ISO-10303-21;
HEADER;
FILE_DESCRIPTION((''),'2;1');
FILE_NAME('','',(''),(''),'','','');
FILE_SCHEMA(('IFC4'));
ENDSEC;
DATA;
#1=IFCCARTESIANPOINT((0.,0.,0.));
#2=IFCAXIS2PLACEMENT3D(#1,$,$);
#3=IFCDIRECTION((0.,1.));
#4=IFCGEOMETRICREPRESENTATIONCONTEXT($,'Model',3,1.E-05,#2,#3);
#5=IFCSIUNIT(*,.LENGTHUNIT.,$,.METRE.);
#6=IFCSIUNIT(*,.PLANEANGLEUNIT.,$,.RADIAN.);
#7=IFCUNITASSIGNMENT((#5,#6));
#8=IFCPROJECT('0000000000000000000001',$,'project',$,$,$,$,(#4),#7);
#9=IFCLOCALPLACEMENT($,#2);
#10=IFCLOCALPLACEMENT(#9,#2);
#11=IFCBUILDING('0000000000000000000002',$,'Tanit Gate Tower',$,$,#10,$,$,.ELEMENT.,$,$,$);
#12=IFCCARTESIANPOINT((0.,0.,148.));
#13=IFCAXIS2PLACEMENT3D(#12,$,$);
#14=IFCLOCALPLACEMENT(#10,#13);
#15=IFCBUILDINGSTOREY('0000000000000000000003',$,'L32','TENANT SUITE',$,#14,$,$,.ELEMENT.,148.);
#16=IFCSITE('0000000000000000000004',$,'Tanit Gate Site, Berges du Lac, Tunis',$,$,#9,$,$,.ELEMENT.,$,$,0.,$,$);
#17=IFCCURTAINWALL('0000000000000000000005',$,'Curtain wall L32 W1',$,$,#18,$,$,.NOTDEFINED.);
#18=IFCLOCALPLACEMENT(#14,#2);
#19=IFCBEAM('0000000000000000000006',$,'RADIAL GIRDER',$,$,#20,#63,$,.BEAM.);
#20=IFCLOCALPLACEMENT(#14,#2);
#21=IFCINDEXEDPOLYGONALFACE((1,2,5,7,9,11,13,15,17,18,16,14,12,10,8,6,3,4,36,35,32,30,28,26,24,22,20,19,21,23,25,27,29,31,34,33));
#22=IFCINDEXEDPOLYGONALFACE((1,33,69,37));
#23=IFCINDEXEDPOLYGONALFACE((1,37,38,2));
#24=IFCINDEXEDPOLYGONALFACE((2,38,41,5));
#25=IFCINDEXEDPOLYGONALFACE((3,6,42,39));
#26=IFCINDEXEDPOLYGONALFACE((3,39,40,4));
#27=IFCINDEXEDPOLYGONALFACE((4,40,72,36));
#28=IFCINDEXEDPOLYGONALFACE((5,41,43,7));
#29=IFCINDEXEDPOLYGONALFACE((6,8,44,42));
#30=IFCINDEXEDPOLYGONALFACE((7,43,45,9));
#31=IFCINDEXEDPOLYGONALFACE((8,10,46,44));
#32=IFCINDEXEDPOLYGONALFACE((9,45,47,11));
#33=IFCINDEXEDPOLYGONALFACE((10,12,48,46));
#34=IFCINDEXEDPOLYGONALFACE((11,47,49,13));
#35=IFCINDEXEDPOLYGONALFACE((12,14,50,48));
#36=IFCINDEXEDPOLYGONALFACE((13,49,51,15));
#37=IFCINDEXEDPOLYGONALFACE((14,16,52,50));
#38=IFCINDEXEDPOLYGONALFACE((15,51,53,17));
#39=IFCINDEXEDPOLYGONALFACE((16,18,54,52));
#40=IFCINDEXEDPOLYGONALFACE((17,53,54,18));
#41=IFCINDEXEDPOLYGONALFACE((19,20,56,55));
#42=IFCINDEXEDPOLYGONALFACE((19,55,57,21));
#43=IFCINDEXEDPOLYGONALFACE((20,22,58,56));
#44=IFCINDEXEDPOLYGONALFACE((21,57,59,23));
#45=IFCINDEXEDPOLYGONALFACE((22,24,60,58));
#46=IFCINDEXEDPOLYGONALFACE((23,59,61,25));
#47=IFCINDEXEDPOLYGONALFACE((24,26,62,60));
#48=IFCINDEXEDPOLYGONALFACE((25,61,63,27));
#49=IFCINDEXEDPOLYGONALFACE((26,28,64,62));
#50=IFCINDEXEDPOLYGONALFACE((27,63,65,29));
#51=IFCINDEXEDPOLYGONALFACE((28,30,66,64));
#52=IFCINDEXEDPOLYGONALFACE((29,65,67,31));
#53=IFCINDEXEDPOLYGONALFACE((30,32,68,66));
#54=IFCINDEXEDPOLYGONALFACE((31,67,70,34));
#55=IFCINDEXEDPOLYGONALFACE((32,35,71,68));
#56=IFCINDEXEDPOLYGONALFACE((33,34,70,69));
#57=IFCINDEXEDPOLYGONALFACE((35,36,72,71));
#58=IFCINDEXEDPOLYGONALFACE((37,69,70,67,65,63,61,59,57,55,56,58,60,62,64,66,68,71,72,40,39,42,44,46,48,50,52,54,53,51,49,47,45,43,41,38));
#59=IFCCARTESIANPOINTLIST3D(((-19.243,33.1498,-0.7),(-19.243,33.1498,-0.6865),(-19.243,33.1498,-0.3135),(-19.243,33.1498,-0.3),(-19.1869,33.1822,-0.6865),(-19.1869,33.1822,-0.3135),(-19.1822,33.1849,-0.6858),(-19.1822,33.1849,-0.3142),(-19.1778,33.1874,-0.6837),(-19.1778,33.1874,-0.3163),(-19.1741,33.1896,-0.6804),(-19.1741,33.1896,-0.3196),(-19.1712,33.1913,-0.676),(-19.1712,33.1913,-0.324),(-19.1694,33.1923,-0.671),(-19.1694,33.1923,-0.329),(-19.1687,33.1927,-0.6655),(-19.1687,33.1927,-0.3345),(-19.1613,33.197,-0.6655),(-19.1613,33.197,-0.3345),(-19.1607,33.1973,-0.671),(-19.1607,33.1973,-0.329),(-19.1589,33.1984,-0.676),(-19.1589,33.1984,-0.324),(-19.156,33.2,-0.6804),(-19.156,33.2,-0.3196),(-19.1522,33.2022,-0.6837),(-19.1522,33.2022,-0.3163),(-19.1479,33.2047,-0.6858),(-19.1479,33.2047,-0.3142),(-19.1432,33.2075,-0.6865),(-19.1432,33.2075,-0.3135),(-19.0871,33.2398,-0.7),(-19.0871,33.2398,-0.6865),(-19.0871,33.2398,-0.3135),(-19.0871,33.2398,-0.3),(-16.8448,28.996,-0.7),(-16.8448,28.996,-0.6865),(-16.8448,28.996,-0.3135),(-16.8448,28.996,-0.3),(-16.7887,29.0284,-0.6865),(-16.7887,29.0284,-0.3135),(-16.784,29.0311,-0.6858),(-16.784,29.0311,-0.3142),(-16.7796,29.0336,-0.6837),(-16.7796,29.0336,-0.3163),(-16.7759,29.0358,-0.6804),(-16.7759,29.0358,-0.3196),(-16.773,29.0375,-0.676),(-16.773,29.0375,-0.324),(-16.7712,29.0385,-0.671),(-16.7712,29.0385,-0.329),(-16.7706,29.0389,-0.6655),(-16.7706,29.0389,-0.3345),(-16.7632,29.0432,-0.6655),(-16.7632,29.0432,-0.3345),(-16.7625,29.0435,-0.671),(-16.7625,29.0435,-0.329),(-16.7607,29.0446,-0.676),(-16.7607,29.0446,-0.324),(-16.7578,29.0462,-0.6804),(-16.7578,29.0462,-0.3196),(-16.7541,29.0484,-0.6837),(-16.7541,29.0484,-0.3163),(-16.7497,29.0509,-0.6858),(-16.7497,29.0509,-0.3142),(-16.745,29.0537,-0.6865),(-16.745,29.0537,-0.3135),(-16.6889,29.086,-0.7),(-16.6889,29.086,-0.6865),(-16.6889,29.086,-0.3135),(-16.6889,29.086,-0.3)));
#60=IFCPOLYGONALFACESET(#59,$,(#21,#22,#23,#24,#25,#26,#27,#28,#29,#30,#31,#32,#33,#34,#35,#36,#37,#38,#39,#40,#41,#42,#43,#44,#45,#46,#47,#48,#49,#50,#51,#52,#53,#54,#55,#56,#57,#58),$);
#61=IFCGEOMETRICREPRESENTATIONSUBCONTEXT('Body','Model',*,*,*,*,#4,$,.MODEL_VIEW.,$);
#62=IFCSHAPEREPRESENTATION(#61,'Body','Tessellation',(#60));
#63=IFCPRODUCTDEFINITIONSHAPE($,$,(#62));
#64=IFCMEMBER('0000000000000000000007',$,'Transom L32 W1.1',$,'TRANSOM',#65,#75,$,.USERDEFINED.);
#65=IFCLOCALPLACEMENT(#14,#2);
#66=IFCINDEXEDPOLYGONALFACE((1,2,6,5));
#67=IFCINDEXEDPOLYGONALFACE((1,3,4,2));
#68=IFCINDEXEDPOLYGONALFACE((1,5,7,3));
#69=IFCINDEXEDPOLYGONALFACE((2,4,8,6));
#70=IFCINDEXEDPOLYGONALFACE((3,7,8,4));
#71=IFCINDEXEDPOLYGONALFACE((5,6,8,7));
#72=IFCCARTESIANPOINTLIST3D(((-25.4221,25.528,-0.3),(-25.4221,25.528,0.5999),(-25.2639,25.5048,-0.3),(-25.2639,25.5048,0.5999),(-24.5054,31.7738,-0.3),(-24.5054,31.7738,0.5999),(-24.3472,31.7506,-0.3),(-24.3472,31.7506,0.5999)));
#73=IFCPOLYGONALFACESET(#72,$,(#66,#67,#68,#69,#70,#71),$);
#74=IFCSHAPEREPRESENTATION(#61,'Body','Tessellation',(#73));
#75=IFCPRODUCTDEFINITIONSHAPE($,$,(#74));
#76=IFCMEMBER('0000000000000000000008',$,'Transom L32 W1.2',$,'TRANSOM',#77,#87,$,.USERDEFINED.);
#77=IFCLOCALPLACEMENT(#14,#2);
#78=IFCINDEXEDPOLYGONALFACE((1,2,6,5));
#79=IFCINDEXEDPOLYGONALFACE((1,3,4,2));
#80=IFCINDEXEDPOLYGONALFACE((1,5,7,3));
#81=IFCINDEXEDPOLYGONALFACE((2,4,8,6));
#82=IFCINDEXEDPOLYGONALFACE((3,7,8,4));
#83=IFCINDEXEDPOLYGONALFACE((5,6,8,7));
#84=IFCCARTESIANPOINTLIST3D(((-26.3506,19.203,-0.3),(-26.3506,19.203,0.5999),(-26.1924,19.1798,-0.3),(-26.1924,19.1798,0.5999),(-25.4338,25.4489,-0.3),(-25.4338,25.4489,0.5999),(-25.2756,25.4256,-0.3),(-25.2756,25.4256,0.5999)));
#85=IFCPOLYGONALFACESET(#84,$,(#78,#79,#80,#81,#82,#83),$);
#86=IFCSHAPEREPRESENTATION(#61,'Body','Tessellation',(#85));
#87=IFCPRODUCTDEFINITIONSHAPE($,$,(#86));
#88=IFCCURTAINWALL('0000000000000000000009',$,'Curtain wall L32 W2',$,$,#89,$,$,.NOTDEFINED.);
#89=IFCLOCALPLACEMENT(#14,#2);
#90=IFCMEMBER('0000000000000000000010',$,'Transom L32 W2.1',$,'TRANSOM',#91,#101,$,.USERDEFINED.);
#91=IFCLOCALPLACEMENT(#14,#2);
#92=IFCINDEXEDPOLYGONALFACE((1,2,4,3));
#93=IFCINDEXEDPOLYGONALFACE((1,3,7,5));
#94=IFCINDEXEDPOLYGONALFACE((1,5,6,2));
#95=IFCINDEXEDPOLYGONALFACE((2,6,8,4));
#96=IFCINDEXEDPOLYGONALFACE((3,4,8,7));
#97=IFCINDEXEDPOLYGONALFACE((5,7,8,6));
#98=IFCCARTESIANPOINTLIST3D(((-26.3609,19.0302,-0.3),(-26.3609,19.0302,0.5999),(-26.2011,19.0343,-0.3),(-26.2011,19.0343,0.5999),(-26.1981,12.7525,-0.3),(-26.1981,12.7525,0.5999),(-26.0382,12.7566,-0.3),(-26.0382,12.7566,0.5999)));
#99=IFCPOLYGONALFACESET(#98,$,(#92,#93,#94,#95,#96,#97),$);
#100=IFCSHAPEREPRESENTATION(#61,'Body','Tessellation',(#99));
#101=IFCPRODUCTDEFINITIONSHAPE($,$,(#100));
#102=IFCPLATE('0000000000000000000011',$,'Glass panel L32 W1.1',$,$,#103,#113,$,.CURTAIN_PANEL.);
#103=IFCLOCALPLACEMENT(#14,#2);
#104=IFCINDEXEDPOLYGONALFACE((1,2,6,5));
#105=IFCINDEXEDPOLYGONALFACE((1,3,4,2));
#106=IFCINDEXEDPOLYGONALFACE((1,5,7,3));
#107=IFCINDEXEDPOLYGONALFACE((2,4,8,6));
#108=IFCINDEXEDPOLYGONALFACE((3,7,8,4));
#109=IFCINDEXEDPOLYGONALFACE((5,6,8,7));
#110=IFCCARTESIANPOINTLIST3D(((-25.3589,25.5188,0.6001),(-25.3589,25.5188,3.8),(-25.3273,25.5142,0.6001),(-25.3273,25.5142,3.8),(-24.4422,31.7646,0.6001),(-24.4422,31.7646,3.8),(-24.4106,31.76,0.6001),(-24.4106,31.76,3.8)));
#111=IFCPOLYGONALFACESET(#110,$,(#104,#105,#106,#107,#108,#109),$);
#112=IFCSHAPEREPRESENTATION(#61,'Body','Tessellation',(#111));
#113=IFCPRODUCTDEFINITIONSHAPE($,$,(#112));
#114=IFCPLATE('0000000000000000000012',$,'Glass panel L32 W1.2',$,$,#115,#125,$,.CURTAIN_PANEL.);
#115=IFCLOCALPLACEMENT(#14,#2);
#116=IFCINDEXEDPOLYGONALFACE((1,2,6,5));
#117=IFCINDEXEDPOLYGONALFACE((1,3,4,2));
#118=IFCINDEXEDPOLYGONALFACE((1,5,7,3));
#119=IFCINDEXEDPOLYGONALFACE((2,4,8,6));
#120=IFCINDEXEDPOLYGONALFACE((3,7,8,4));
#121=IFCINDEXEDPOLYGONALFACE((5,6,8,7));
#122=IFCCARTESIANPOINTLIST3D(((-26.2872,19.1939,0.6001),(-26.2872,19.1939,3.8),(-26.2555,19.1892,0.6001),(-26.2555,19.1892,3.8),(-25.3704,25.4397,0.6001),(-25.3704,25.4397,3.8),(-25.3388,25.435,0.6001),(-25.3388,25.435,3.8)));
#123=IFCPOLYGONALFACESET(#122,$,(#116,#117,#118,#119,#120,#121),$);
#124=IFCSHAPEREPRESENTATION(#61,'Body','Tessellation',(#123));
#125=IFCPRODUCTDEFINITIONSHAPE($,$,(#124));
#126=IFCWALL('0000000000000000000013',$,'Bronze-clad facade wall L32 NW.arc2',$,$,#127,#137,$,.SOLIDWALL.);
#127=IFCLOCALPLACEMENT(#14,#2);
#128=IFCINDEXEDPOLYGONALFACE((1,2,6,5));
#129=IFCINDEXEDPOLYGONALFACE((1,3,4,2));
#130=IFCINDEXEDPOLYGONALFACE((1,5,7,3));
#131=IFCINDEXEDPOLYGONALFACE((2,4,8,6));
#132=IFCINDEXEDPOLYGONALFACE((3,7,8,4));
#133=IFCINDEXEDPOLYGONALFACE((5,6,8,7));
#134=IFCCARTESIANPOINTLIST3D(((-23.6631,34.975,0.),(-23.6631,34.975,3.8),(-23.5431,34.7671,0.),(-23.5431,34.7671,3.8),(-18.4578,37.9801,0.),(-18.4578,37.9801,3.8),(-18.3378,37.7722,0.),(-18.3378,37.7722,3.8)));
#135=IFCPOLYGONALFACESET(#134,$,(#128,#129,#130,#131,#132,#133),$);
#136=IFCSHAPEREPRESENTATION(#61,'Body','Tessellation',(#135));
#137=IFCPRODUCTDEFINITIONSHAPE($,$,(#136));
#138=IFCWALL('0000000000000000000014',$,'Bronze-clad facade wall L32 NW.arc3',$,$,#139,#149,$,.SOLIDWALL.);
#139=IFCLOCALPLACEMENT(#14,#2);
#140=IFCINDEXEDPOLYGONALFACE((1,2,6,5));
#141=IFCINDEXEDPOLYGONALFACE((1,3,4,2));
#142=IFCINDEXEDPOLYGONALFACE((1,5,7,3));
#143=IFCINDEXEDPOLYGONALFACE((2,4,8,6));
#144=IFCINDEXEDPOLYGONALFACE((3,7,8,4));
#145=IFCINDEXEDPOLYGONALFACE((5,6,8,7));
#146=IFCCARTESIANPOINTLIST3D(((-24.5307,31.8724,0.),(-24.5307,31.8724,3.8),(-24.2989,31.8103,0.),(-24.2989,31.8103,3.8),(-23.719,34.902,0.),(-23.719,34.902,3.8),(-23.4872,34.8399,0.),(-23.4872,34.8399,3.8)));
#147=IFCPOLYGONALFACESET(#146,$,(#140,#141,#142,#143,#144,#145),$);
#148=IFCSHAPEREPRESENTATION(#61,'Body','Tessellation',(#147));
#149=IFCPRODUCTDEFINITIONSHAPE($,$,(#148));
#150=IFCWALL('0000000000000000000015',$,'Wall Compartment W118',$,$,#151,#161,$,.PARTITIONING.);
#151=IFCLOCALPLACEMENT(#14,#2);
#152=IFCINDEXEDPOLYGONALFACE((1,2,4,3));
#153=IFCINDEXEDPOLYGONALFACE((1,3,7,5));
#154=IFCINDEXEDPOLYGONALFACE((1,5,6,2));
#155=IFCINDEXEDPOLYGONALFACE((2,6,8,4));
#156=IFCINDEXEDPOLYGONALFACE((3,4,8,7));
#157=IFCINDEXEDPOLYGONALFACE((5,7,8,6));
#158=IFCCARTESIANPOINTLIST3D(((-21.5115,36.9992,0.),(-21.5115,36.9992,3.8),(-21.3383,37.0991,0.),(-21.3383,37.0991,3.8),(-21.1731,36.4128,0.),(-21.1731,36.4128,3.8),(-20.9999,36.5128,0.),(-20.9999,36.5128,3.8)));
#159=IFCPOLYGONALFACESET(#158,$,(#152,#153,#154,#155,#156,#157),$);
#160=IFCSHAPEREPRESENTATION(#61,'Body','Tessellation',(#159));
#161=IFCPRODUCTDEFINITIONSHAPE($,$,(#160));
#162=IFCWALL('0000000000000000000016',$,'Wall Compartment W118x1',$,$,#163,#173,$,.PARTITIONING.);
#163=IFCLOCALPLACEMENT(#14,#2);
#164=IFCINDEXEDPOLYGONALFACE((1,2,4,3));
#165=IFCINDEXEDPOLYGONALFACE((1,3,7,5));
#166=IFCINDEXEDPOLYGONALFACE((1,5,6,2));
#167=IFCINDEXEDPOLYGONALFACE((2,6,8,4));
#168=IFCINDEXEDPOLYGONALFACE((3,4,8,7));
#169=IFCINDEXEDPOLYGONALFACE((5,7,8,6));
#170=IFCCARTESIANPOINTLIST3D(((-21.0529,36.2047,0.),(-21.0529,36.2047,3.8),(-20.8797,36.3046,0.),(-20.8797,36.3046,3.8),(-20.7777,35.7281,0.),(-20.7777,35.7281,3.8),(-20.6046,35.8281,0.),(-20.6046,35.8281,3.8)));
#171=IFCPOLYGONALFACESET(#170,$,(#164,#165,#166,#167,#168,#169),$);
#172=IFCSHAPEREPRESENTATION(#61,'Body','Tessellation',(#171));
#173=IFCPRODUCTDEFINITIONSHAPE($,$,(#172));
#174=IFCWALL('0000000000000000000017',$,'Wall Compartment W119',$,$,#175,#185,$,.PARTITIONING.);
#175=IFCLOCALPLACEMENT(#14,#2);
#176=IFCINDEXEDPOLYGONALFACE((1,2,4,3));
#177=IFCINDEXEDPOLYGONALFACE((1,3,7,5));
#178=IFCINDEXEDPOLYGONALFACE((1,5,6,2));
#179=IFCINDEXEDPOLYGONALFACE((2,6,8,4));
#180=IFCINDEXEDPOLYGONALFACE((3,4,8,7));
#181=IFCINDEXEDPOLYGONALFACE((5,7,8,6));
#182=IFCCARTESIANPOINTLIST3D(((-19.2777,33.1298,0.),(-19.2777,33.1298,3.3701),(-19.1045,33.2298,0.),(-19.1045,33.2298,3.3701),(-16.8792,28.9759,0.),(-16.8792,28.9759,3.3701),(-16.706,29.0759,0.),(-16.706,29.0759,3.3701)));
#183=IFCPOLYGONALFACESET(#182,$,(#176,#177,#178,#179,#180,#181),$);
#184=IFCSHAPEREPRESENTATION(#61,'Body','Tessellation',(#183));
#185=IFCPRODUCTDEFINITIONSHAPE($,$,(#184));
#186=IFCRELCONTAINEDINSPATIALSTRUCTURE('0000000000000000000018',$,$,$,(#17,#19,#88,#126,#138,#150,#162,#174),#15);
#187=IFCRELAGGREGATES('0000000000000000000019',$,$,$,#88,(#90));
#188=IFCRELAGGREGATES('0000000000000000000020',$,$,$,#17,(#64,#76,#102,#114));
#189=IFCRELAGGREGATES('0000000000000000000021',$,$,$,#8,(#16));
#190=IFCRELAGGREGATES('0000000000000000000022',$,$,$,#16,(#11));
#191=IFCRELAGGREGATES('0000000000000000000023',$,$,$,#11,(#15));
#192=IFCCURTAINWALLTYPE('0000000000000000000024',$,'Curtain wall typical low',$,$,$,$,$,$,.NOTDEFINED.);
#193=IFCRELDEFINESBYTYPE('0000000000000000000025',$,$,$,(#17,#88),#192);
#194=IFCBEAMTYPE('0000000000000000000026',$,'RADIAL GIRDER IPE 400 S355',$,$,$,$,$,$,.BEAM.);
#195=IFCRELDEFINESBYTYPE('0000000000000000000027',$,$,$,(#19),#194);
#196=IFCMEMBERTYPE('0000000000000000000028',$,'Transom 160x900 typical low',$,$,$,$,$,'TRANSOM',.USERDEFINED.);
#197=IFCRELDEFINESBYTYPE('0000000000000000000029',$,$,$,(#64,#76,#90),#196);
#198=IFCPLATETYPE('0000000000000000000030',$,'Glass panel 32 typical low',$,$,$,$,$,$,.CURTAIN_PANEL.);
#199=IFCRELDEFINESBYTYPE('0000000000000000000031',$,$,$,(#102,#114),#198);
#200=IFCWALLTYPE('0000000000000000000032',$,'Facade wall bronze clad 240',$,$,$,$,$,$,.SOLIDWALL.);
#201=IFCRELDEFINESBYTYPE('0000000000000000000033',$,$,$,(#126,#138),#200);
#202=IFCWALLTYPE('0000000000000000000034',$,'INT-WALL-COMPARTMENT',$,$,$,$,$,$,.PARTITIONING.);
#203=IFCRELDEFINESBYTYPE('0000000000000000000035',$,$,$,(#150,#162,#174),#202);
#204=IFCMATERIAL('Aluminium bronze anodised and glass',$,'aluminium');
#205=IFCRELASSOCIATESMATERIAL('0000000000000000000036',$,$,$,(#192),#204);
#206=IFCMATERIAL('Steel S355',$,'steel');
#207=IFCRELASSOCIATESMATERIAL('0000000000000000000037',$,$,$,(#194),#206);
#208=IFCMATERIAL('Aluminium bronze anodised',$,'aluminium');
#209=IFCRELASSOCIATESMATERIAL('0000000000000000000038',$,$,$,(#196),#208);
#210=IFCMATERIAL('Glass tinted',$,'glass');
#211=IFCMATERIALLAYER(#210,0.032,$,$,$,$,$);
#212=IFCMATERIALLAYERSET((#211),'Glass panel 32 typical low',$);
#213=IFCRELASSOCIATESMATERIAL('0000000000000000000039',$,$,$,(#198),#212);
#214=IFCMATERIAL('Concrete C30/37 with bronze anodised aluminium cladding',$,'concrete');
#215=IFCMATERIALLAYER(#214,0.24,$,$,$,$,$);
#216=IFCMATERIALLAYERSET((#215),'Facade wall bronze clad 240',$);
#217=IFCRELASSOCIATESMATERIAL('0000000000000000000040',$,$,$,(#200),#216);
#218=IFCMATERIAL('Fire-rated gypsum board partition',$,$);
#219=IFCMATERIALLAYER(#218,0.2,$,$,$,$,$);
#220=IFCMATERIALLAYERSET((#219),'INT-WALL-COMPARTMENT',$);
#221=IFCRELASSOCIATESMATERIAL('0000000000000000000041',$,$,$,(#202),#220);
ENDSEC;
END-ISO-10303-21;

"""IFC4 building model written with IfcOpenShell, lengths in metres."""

from ifc_helpers import new_model, si_unit, direction, frame, frame_2d, origin, origin_2d, place, context, subcontext, project, spatial, rectangle, i_section, extrude, material, layer, layer_set, material_profile, profile_set, type_object, element, aggregate, save


model = new_model("IFC4")

# Units and contexts
model_context = context("Model", 3, precision=1e-05, world=origin(), true_north=direction((0.0, 1.0)))
body_context = subcontext(model_context, "Body", "Model", "MODEL_VIEW")
ifc_project = project(units=[si_unit("LENGTHUNIT", "METRE"), si_unit("PLANEANGLEUNIT", "RADIAN")], contexts=[model_context])

# Site, building, storey
site_placement = place(None, origin())
site = spatial("IfcSite", under=ifc_project, at=site_placement, Name="Tanit Gate Site, Berges du Lac, Tunis", CompositionType="ELEMENT", RefElevation=0.0)
building_placement = place(site_placement, origin())
building = spatial("IfcBuilding", under=site, at=building_placement, Name="Tanit Gate Tower", CompositionType="ELEMENT")
storey_placement = place(building_placement, frame((0.0, 0.0, 148.0)))
storey = spatial("IfcBuildingStorey", under=building, at=storey_placement, Name="L32", Description="TENANT SUITE", CompositionType="ELEMENT", Elevation=148.0)

# Curtain wall
ifc_material_1 = material(Name="Aluminium bronze anodised and glass", Category="aluminium")
curtain_wall_type = type_object("IfcCurtainWallType", Name="Curtain wall typical low", PredefinedType="NOTDEFINED", material=ifc_material_1)
curtain_wall_1_placement = place(storey_placement, origin())
curtain_wall_1 = element("IfcCurtainWall", 1, at=curtain_wall_1_placement, inside=storey, type_object=curtain_wall_type, Name="Curtain wall L32 W1", PredefinedType="NOTDEFINED")

# Beam
ifc_material_2 = material(Name="Steel S355", Category="steel")
ifc_material_profile_1 = material_profile(ifc_material_2, i_section(OverallWidth=0.1799, OverallDepth=0.3999, WebThickness=0.0085, FlangeThickness=0.0134, FilletRadius=0.021, at=origin_2d()), Name="IPE 400")
ifc_profile_set_1 = profile_set([ifc_material_profile_1], Name="Steel S355")
beam_type_1 = type_object("IfcBeamType", Name="RADIAL GIRDER IPE 400 S355", PredefinedType="BEAM", material=ifc_profile_set_1)
beam_1_placement = place(storey_placement, frame((-19.165, 33.1948, -0.5), z_axis=(0.499999, -0.866026, 0.0), x_axis=(0.866026, 0.499999, 0.0)))
element("IfcBeam", 2, at=beam_1_placement, inside=storey, type_object=beam_type_1, Name="RADIAL GIRDER", PredefinedType="BEAM", context=body_context, shape_type="SweptSolid", body=[
    extrude(i_section(OverallWidth=0.1799, OverallDepth=0.3999, WebThickness=0.0085, FlangeThickness=0.0134, FilletRadius=0.021, at=origin_2d()), origin(), (0.0, 0.0, 1.0), 4.7964),
])

# Members
ifc_material_3 = material(Name="Aluminium bronze anodised", Category="aluminium")
ifc_material_profile_2 = material_profile(ifc_material_3, rectangle(XDim=0.1599, YDim=0.8999, at=origin_2d()), Name="160x900 bronze transom")
ifc_profile_set_2 = profile_set([ifc_material_profile_2], Name="Aluminium bronze anodised")
member_type_1 = type_object("IfcMemberType", Name="Transom 160x900 typical low", ElementType="TRANSOM", PredefinedType="USERDEFINED", material=ifc_profile_set_2)
member_1_placement = place(storey_placement, frame((-24.4263, 31.7622, 0.1499), z_axis=(-0.145221, -0.989399, 0.0), x_axis=(0.989399, -0.145221, 0.0)))
member_1 = element("IfcMember", 3, at=member_1_placement, type_object=member_type_1, Name="Transom L32 W1.1", ObjectType="TRANSOM", PredefinedType="USERDEFINED", context=body_context, shape_type="SweptSolid", body=[
    extrude(rectangle(XDim=0.1599, YDim=0.8999, at=origin_2d()), origin(), (0.0, 0.0, 1.0), 6.3127),
])
member_2_placement = place(storey_placement, frame((-25.3547, 25.4373, 0.1499), z_axis=(-0.145221, -0.989399, 0.0), x_axis=(0.989399, -0.145221, 0.0)))
member_2 = element("IfcMember", 4, at=member_2_placement, type_object=member_type_1, Name="Transom L32 W1.2", ObjectType="TRANSOM", PredefinedType="USERDEFINED", context=body_context, shape_type="SweptSolid", body=[
    extrude(rectangle(XDim=0.1599, YDim=0.8999, at=origin_2d()), origin(), (0.0, 0.0, 1.0), 6.3127),
])

# Curtain wall, member
curtain_wall_2_placement = place(storey_placement, origin())
curtain_wall_2 = element("IfcCurtainWall", 5, at=curtain_wall_2_placement, inside=storey, type_object=curtain_wall_type, Name="Curtain wall L32 W2", PredefinedType="NOTDEFINED")
member_3_placement = place(storey_placement, frame((-26.281, 19.0322, 0.1499), z_axis=(0.025931, -0.999664, 0.0), x_axis=(0.999664, 0.025931, 0.0)))
member_3 = element("IfcMember", 6, at=member_3_placement, type_object=member_type_1, Name="Transom L32 W2.1", ObjectType="TRANSOM", PredefinedType="USERDEFINED", context=body_context, shape_type="SweptSolid", body=[
    extrude(rectangle(XDim=0.1599, YDim=0.8999, at=origin_2d()), origin(), (0.0, 0.0, 1.0), 6.2798),
])
aggregate(curtain_wall_2, [member_3])

# Plates
ifc_material_4 = material(Name="Glass tinted", Category="glass")
ifc_layer_1 = layer(ifc_material_4, 0.032)
ifc_layer_set_1 = layer_set([ifc_layer_1], Name="Glass panel 32 typical low")
plate_type = type_object("IfcPlateType", Name="Glass panel 32 typical low", PredefinedType="CURTAIN_PANEL", material=ifc_layer_set_1)
plate_1_placement = place(storey_placement, frame((-24.8848, 28.6394, 0.6001), z_axis=(0.0, 0.0, 1.0), x_axis=(-0.145218, -0.9894, 0.0)))
plate_1 = element("IfcPlate", 7, at=plate_1_placement, type_object=plate_type, Name="Glass panel L32 W1.1", PredefinedType="CURTAIN_PANEL", context=body_context, shape_type="SweptSolid", body=[
    extrude(rectangle(XDim=6.3127, YDim=0.032, at=origin_2d()), origin(), (0.0, 0.0, 1.0), 3.2),
])
plate_2_placement = place(storey_placement, frame((-25.813, 22.3145, 0.6001), z_axis=(0.0, 0.0, 1.0), x_axis=(-0.145218, -0.9894, 0.0)))
plate_2 = element("IfcPlate", 8, at=plate_2_placement, type_object=plate_type, Name="Glass panel L32 W1.2", PredefinedType="CURTAIN_PANEL", context=body_context, shape_type="SweptSolid", body=[
    extrude(rectangle(XDim=6.3127, YDim=0.032, at=origin_2d()), origin(), (0.0, 0.0, 1.0), 3.2),
])
aggregate(curtain_wall_1, [member_1, member_2, plate_1, plate_2])

# Walls
ifc_material_5 = material(Name="Concrete C30/37 with bronze anodised aluminium cladding", Category="concrete")
ifc_layer_2 = layer(ifc_material_5, 0.24)
ifc_layer_set_2 = layer_set([ifc_layer_2], Name="Facade wall bronze clad 240")
wall_type_1 = type_object("IfcWallType", Name="Facade wall bronze clad 240", PredefinedType="SOLIDWALL", material=ifc_layer_set_2)
wall_1_placement = place(storey_placement, frame((-18.3977, 37.8762, 0.0), z_axis=(0.0, 0.0, 1.0), x_axis=(-0.866037, -0.499979, 0.0)))
element("IfcWall", 9, at=wall_1_placement, inside=storey, type_object=wall_type_1, Name="Bronze-clad facade wall L32 NW.arc2", PredefinedType="SOLIDWALL", context=body_context, shape_type="SweptSolid", body=[
    extrude(rectangle(XDim=6.0105, YDim=0.24, at=frame_2d((3.0054, 0.0))), origin(), (0.0, 0.0, 1.0), 3.8),
])
wall_2_placement = place(storey_placement, frame((-23.603, 34.8711, 0.0), z_axis=(0.0, 0.0, 1.0), x_axis=(-0.25882, -0.965925, 0.0)))
element("IfcWall", 10, at=wall_2_placement, inside=storey, type_object=wall_type_1, Name="Bronze-clad facade wall L32 NW.arc3", PredefinedType="SOLIDWALL", context=body_context, shape_type="SweptSolid", body=[
    extrude(rectangle(XDim=3.1365, YDim=0.24, at=frame_2d((1.5684, 0.0))), origin(), (0.0, 0.0, 1.0), 3.8),
])
ifc_material_6 = material(Name="Fire-rated gypsum board partition")
ifc_layer_3 = layer(ifc_material_6, 0.2)
ifc_layer_set_3 = layer_set([ifc_layer_3], Name="INT-WALL-COMPARTMENT")
wall_type_2 = type_object("IfcWallType", Name="INT-WALL-COMPARTMENT", PredefinedType="PARTITIONING", material=ifc_layer_set_3)
wall_3_placement = place(storey_placement, frame((-21.4248, 37.0491, 0.0), z_axis=(0.0, 0.0, 1.0), x_axis=(0.499785, -0.86615, 0.0)))
element("IfcWall", 11, at=wall_3_placement, inside=storey, type_object=wall_type_2, Name="Wall Compartment W118", PredefinedType="PARTITIONING", context=body_context, shape_type="SweptSolid", body=[
    extrude(rectangle(XDim=0.677, YDim=0.2, at=frame_2d((0.3384, 0.0))), origin(), (0.0, 0.0, 1.0), 3.8),
])
wall_4_placement = place(storey_placement, frame((-20.9663, 36.2546, 0.0), z_axis=(0.0, 0.0, 1.0), x_axis=(0.500004, -0.866023, 0.0)))
element("IfcWall", 12, at=wall_4_placement, inside=storey, type_object=wall_type_2, Name="Wall Compartment W118x1", PredefinedType="PARTITIONING", context=body_context, shape_type="SweptSolid", body=[
    extrude(rectangle(XDim=0.5503, YDim=0.2, at=frame_2d((0.2751, 0.0))), origin(), (0.0, 0.0, 1.0), 3.8),
])
wall_5_placement = place(storey_placement, frame((-19.1912, 33.1799, 0.0), z_axis=(0.0, 0.0, 1.0), x_axis=(0.500037, -0.866004, 0.0)))
element("IfcWall", 13, at=wall_5_placement, inside=storey, type_object=wall_type_2, Name="Wall Compartment W119", PredefinedType="PARTITIONING", context=body_context, shape_type="SweptSolid", body=[
    extrude(rectangle(XDim=4.7966, YDim=0.2, at=frame_2d((2.3984, 0.0))), origin(), (0.0, 0.0, 1.0), 3.3701),
])

save(model, "model.ifc")
